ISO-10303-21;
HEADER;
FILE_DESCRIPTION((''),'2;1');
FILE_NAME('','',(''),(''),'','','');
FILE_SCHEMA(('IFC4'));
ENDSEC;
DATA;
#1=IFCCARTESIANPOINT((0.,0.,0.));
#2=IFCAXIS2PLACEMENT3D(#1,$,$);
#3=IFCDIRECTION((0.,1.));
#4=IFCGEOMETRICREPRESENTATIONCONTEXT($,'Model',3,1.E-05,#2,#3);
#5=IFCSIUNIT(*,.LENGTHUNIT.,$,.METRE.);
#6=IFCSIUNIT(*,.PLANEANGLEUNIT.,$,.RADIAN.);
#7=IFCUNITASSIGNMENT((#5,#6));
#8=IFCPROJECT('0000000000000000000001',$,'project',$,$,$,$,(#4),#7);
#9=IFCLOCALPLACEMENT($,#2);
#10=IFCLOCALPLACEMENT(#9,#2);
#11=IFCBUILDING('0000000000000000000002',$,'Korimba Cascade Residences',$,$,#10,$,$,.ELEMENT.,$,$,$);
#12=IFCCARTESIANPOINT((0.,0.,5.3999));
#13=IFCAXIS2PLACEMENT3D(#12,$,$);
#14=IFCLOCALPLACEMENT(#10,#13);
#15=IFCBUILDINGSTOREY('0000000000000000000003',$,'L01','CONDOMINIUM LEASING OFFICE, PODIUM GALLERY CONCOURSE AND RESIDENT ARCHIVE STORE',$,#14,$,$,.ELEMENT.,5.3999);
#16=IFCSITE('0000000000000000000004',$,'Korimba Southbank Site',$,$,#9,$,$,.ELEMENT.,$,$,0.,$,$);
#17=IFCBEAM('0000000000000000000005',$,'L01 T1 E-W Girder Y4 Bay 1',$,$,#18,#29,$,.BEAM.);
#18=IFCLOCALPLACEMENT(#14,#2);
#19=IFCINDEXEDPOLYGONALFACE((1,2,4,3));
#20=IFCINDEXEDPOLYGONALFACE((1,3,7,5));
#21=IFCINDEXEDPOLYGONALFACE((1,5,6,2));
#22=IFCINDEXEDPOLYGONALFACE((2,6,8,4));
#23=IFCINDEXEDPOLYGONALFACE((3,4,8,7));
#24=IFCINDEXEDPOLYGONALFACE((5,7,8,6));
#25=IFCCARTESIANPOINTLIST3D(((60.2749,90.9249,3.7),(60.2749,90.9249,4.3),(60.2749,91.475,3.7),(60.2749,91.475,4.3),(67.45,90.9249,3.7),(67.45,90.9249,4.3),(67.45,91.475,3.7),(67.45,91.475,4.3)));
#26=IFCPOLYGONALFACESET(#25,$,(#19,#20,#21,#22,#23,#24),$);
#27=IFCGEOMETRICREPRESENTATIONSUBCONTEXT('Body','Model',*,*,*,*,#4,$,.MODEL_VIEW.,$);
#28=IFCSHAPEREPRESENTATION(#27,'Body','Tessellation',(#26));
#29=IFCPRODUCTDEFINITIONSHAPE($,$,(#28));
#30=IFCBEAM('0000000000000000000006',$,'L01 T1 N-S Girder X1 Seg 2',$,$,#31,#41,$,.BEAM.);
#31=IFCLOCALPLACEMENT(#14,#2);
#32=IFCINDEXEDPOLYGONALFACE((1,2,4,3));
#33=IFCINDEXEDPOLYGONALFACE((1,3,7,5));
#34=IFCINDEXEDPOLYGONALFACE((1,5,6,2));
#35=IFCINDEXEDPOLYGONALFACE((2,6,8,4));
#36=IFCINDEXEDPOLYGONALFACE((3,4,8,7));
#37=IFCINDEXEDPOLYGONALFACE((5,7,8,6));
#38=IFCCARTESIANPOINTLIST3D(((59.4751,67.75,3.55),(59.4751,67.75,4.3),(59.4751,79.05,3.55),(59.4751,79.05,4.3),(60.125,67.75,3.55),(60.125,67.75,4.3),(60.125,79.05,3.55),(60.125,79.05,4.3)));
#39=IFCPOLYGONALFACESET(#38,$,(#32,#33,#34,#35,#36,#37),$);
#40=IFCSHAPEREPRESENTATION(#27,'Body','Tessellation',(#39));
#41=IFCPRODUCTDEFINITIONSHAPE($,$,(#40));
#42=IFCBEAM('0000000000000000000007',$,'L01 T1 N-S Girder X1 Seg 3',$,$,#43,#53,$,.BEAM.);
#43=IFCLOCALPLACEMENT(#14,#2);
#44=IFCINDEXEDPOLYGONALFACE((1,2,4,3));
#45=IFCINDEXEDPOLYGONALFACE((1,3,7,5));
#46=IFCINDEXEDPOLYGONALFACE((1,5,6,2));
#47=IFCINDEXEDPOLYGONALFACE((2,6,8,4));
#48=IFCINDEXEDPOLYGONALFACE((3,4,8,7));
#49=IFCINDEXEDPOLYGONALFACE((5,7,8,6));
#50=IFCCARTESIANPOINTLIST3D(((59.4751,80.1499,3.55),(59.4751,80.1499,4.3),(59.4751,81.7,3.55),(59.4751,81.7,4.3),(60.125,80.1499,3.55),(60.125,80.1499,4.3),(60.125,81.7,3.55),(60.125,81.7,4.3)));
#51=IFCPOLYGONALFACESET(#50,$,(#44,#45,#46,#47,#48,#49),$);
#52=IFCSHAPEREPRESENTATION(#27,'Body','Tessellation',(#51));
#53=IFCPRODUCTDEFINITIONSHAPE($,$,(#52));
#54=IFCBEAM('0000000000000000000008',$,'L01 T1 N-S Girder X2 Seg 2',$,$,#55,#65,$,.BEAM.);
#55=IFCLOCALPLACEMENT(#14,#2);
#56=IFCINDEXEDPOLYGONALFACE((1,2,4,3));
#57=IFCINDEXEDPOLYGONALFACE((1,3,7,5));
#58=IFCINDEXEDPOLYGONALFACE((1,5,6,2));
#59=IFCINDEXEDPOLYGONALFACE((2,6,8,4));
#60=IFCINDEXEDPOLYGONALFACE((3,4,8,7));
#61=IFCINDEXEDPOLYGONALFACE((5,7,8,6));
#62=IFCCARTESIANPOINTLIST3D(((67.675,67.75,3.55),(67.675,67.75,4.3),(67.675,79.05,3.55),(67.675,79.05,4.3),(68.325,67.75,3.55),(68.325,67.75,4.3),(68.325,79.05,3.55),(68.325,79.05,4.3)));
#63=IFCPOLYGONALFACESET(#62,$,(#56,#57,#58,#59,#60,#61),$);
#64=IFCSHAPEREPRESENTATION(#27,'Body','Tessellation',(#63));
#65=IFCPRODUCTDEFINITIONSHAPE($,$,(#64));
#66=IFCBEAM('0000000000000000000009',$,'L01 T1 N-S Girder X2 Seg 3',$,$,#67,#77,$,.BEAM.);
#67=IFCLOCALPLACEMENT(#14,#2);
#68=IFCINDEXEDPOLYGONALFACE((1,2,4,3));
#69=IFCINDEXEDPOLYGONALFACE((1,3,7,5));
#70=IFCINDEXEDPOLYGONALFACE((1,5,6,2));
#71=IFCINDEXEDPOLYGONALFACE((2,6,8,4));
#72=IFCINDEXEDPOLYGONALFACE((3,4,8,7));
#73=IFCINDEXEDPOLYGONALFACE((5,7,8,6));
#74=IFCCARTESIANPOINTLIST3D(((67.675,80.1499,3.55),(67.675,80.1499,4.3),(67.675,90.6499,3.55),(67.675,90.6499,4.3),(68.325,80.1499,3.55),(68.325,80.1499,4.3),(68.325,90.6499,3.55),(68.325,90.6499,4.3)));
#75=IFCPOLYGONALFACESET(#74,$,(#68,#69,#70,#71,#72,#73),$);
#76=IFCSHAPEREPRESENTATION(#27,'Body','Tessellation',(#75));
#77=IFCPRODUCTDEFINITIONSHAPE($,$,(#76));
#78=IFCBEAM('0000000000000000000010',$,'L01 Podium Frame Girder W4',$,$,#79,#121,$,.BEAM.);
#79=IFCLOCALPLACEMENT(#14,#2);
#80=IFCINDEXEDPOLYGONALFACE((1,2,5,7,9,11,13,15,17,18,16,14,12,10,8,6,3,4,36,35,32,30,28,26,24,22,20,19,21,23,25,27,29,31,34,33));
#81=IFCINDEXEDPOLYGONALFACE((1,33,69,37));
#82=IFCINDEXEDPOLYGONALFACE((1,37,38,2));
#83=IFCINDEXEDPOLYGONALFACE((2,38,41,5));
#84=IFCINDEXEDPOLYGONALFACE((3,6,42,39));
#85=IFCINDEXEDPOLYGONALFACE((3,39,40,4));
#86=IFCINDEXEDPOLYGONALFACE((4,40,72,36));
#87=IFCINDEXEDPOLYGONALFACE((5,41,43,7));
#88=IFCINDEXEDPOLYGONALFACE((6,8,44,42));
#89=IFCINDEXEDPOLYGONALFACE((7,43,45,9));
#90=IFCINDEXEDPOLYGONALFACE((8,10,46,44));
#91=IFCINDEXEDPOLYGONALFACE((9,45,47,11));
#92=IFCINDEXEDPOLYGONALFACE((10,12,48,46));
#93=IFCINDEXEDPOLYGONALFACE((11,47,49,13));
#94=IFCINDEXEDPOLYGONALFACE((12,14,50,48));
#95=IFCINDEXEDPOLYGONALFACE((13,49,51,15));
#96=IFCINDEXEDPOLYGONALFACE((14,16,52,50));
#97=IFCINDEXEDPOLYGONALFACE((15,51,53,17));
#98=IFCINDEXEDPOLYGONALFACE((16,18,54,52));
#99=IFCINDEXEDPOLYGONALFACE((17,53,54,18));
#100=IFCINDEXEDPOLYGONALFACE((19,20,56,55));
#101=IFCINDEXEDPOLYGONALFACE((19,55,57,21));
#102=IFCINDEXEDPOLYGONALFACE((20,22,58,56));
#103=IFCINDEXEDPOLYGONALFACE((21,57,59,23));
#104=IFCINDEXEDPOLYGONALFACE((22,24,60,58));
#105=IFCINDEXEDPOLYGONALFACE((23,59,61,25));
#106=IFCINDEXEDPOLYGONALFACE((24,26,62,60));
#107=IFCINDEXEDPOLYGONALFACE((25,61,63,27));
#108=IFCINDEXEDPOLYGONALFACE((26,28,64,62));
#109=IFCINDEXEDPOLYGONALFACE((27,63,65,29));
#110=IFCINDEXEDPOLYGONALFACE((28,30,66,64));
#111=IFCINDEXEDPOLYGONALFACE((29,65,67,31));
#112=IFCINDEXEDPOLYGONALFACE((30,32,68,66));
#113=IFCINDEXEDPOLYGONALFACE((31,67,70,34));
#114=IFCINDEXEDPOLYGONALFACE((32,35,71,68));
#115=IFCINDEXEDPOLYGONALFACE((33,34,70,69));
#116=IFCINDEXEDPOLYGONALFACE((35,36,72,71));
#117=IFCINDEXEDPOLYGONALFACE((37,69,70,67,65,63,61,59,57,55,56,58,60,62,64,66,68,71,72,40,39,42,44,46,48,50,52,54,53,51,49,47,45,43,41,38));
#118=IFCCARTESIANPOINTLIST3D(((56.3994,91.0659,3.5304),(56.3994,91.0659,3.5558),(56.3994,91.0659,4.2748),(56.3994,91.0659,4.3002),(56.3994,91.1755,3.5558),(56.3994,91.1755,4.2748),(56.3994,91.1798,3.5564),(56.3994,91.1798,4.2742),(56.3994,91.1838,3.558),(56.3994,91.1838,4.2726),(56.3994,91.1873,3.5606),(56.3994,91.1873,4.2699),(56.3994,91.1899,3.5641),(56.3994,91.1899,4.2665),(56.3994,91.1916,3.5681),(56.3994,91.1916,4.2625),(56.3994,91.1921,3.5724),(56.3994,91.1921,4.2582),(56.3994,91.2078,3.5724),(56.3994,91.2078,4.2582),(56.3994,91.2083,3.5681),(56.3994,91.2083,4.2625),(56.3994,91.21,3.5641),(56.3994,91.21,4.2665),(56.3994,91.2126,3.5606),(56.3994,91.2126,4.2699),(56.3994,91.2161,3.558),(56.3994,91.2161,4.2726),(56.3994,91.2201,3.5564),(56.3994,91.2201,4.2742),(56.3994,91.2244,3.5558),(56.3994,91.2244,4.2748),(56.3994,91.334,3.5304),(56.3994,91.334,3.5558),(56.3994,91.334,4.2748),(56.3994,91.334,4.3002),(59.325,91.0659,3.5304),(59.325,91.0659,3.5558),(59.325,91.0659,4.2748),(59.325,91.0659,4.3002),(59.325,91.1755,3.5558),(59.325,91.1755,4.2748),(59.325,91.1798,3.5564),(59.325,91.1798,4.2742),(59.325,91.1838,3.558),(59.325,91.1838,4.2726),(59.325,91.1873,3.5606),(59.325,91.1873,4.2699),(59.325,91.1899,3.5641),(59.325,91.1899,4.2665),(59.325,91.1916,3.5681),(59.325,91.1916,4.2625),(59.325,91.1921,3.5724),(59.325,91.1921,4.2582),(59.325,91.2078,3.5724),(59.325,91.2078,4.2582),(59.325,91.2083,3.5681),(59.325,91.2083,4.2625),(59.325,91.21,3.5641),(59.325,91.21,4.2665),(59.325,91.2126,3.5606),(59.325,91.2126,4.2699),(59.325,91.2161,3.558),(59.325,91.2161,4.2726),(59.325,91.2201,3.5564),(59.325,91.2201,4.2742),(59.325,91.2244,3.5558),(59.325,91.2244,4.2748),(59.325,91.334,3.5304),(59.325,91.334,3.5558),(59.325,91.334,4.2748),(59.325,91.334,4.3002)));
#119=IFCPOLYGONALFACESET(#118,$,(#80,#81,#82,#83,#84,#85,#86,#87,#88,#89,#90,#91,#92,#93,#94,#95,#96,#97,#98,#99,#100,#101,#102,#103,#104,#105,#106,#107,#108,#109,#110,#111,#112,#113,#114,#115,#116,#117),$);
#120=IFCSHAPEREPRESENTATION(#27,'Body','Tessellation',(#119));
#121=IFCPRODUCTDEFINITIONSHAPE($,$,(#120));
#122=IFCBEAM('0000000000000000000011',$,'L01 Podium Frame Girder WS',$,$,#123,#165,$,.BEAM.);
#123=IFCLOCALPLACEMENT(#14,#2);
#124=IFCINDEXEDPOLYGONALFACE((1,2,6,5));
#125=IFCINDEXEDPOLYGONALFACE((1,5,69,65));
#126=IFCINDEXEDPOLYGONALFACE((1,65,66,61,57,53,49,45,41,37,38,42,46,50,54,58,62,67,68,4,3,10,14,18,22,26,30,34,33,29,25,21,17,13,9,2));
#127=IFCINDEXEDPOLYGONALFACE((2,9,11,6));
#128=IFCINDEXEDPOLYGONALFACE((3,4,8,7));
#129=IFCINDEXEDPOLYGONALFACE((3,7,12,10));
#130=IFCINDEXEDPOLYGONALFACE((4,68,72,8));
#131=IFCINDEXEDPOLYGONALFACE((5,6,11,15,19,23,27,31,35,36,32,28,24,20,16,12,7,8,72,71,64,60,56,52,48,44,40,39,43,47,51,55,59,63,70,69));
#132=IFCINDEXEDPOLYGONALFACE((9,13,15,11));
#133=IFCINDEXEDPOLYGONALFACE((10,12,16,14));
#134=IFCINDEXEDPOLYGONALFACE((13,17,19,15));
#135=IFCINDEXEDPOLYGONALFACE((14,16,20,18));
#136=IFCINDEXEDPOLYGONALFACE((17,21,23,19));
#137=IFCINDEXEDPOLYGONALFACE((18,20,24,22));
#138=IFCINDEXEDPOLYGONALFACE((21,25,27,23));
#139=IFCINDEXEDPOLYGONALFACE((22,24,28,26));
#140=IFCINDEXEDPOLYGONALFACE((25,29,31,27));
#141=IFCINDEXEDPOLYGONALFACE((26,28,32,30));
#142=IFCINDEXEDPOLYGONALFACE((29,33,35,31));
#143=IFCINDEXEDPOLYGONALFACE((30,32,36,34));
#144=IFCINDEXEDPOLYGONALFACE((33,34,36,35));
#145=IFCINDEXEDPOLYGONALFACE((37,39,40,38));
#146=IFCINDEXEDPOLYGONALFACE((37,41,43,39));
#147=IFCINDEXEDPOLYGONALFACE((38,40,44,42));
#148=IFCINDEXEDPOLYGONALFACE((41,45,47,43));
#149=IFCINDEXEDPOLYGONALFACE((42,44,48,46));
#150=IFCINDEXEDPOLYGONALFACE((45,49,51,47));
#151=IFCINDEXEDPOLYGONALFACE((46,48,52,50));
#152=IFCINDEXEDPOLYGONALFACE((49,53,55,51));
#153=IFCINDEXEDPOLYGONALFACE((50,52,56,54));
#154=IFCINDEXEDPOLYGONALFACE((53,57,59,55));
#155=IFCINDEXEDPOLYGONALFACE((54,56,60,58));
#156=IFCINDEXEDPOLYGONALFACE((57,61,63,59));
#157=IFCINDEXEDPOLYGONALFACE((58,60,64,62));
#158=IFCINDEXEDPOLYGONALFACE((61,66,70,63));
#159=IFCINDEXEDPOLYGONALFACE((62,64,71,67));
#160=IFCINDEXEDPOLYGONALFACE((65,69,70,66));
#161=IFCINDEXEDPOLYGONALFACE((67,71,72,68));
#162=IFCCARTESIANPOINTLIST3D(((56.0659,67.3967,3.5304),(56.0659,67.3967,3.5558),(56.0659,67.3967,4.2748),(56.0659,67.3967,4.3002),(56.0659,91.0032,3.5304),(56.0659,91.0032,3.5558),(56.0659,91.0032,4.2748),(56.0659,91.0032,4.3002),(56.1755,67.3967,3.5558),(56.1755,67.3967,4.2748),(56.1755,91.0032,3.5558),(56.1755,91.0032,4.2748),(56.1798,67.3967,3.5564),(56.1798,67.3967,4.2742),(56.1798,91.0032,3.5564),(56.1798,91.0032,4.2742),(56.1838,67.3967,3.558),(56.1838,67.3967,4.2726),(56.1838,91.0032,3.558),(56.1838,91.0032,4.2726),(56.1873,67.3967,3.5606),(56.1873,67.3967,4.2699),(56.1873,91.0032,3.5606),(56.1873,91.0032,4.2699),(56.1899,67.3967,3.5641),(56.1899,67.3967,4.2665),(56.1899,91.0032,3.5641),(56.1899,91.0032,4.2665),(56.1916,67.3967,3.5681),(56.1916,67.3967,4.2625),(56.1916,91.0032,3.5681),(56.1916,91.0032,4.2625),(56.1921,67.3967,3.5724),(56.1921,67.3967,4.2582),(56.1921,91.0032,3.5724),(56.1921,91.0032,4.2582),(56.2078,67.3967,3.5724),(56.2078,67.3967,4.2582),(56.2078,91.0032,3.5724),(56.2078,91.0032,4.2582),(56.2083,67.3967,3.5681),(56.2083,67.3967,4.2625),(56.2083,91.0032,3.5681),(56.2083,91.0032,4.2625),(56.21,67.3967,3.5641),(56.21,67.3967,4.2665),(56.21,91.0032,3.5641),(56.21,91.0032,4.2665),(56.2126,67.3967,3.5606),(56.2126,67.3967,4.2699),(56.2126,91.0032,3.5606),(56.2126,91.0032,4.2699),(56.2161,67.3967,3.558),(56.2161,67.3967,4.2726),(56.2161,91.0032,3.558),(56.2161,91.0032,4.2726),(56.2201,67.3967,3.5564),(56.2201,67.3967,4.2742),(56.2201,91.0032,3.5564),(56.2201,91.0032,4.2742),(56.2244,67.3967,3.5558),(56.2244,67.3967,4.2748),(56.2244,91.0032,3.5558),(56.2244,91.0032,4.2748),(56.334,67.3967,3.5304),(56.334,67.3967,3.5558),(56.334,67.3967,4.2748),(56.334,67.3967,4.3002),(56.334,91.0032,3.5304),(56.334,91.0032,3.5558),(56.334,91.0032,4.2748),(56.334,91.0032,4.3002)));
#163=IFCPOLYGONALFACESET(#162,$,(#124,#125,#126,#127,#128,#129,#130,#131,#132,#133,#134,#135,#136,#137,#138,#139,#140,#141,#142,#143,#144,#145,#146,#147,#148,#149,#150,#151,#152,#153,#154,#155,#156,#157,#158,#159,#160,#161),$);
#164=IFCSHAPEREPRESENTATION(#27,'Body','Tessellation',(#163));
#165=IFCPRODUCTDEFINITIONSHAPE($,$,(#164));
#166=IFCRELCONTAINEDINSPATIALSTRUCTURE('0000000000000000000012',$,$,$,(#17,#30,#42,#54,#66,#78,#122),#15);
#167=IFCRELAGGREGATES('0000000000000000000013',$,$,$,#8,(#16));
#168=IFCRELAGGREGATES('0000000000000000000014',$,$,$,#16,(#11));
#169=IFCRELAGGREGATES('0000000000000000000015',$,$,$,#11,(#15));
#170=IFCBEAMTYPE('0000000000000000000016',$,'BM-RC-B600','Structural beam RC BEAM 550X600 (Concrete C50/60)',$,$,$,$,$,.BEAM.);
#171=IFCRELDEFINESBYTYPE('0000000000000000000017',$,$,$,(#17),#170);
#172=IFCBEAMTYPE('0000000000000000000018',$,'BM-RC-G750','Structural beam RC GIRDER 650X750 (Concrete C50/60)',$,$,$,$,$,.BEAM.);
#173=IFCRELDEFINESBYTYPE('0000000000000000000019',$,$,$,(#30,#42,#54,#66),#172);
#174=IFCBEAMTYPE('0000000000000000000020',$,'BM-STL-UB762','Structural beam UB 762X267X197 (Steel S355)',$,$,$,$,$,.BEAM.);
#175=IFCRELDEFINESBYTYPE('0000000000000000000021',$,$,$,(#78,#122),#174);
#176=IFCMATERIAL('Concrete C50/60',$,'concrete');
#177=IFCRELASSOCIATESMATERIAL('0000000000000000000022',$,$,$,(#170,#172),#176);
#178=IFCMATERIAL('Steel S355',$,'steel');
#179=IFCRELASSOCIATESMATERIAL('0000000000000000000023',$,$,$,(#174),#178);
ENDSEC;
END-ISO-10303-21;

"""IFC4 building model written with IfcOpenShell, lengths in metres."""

from ifc_helpers import new_model, si_unit, direction, frame, origin, origin_2d, place, context, subcontext, project, spatial, rectangle, i_section, extrude, material, material_profile, profile_set, type_object, element, save


model = new_model("IFC4")

# Units and contexts
model_context = context("Model", 3, precision=1e-05, world=origin(), true_north=direction((0.0, 1.0)))
body_context = subcontext(model_context, "Body", "Model", "MODEL_VIEW")
ifc_project = project(units=[si_unit("LENGTHUNIT", "METRE"), si_unit("PLANEANGLEUNIT", "RADIAN")], contexts=[model_context])

# Site, building, storey
site_placement = place(None, origin())
site = spatial("IfcSite", under=ifc_project, at=site_placement, Name="Korimba Southbank Site", CompositionType="ELEMENT", RefElevation=0.0)
building_placement = place(site_placement, origin())
building = spatial("IfcBuilding", under=site, at=building_placement, Name="Korimba Cascade Residences", CompositionType="ELEMENT")
storey_placement = place(building_placement, frame((0.0, 0.0, 5.3999)))
storey = spatial("IfcBuildingStorey", under=building, at=storey_placement, Name="L01", Description="CONDOMINIUM LEASING OFFICE, PODIUM GALLERY CONCOURSE AND RESIDENT ARCHIVE STORE", CompositionType="ELEMENT", Elevation=5.3999)

# Shared definitions
ifc_material_1 = material(Name="Steel S355", Category="steel")

# Beams
ifc_material_2 = material(Name="Concrete C50/60", Category="concrete")
ifc_material_profile_1 = material_profile(ifc_material_2, rectangle(XDim=0.55, YDim=0.6001, at=origin_2d()), Name="Concrete C50/60")
ifc_profile_set_1 = profile_set([ifc_material_profile_1], Name="Concrete C50/60")
beam_type_1 = type_object("IfcBeamType", Name="BM-RC-B600", Description="Structural beam RC BEAM 550X600 (Concrete C50/60)", PredefinedType="BEAM", material=ifc_profile_set_1)
beam_1_placement = place(storey_placement, frame((60.2749, 91.2, 4.0), z_axis=(1.0, 0.0, 0.0), x_axis=(0.0, 1.0, 0.0)))
element("IfcBeam", 1, at=beam_1_placement, inside=storey, type_object=beam_type_1, Name="L01 T1 E-W Girder Y4 Bay 1", PredefinedType="BEAM", context=body_context, shape_type="SweptSolid", body=[
    extrude(rectangle(XDim=0.55, YDim=0.6001, at=origin_2d()), origin(), (0.0, 0.0, 1.0), 7.175),
])
ifc_material_profile_2 = material_profile(ifc_material_2, rectangle(XDim=0.6499, YDim=0.75, at=origin_2d()), Name="Concrete C50/60")
ifc_profile_set_2 = profile_set([ifc_material_profile_2], Name="Concrete C50/60")
beam_type_2 = type_object("IfcBeamType", Name="BM-RC-G750", Description="Structural beam RC GIRDER 650X750 (Concrete C50/60)", PredefinedType="BEAM", material=ifc_profile_set_2)
beam_2_placement = place(storey_placement, frame((59.8, 67.75, 3.925), z_axis=(0.0, 1.0, 0.0), x_axis=(-1.0, 0.0, 0.0)))
element("IfcBeam", 2, at=beam_2_placement, inside=storey, type_object=beam_type_2, Name="L01 T1 N-S Girder X1 Seg 2", PredefinedType="BEAM", context=body_context, shape_type="SweptSolid", body=[
    extrude(rectangle(XDim=0.6499, YDim=0.75, at=origin_2d()), origin(), (0.0, 0.0, 1.0), 11.3),
])
beam_3_placement = place(storey_placement, frame((59.8, 80.1499, 3.925), z_axis=(0.0, 1.0, 0.0), x_axis=(-1.0, 0.0, 0.0)))
element("IfcBeam", 3, at=beam_3_placement, inside=storey, type_object=beam_type_2, Name="L01 T1 N-S Girder X1 Seg 3", PredefinedType="BEAM", context=body_context, shape_type="SweptSolid", body=[
    extrude(rectangle(XDim=0.6499, YDim=0.75, at=origin_2d()), origin(), (0.0, 0.0, 1.0), 1.55),
])
beam_4_placement = place(storey_placement, frame((68.0, 67.75, 3.925), z_axis=(0.0, 1.0, 0.0), x_axis=(-1.0, 0.0, 0.0)))
element("IfcBeam", 4, at=beam_4_placement, inside=storey, type_object=beam_type_2, Name="L01 T1 N-S Girder X2 Seg 2", PredefinedType="BEAM", context=body_context, shape_type="SweptSolid", body=[
    extrude(rectangle(XDim=0.6499, YDim=0.75, at=origin_2d()), origin(), (0.0, 0.0, 1.0), 11.3),
])
beam_5_placement = place(storey_placement, frame((68.0, 80.1499, 3.925), z_axis=(0.0, 1.0, 0.0), x_axis=(-1.0, 0.0, 0.0)))
element("IfcBeam", 5, at=beam_5_placement, inside=storey, type_object=beam_type_2, Name="L01 T1 N-S Girder X2 Seg 3", PredefinedType="BEAM", context=body_context, shape_type="SweptSolid", body=[
    extrude(rectangle(XDim=0.6499, YDim=0.75, at=origin_2d()), origin(), (0.0, 0.0, 1.0), 10.5),
])
ifc_material_profile_3 = material_profile(ifc_material_1, i_section(OverallWidth=0.2681, OverallDepth=0.7698, WebThickness=0.0156, FlangeThickness=0.0254, FilletRadius=0.0166, at=origin_2d()), Name="Steel S355")
ifc_profile_set_3 = profile_set([ifc_material_profile_3], Name="Steel S355")
beam_type_3 = type_object("IfcBeamType", Name="BM-STL-UB762", Description="Structural beam UB 762X267X197 (Steel S355)", PredefinedType="BEAM", material=ifc_profile_set_3)
beam_6_placement = place(storey_placement, frame((56.3994, 91.2, 3.9153), z_axis=(1.0, 0.0, 0.0), x_axis=(0.0, 1.0, 0.0)))
element("IfcBeam", 6, at=beam_6_placement, inside=storey, type_object=beam_type_3, Name="L01 Podium Frame Girder W4", PredefinedType="BEAM", context=body_context, shape_type="SweptSolid", body=[
    extrude(i_section(OverallWidth=0.2681, OverallDepth=0.7698, WebThickness=0.0156, FlangeThickness=0.0254, FilletRadius=0.0166, at=origin_2d()), origin(), (0.0, 0.0, 1.0), 2.9255),
])
beam_7_placement = place(storey_placement, frame((56.2, 67.3967, 3.9153), z_axis=(0.0, 1.0, 0.0), x_axis=(-1.0, 0.0, 0.0)))
element("IfcBeam", 7, at=beam_7_placement, inside=storey, type_object=beam_type_3, Name="L01 Podium Frame Girder WS", PredefinedType="BEAM", context=body_context, shape_type="SweptSolid", body=[
    extrude(i_section(OverallWidth=0.2681, OverallDepth=0.7698, WebThickness=0.0156, FlangeThickness=0.0254, FilletRadius=0.0166, at=origin_2d()), origin(), (0.0, 0.0, 1.0), 23.6064),
])

save(model, "model.ifc")
